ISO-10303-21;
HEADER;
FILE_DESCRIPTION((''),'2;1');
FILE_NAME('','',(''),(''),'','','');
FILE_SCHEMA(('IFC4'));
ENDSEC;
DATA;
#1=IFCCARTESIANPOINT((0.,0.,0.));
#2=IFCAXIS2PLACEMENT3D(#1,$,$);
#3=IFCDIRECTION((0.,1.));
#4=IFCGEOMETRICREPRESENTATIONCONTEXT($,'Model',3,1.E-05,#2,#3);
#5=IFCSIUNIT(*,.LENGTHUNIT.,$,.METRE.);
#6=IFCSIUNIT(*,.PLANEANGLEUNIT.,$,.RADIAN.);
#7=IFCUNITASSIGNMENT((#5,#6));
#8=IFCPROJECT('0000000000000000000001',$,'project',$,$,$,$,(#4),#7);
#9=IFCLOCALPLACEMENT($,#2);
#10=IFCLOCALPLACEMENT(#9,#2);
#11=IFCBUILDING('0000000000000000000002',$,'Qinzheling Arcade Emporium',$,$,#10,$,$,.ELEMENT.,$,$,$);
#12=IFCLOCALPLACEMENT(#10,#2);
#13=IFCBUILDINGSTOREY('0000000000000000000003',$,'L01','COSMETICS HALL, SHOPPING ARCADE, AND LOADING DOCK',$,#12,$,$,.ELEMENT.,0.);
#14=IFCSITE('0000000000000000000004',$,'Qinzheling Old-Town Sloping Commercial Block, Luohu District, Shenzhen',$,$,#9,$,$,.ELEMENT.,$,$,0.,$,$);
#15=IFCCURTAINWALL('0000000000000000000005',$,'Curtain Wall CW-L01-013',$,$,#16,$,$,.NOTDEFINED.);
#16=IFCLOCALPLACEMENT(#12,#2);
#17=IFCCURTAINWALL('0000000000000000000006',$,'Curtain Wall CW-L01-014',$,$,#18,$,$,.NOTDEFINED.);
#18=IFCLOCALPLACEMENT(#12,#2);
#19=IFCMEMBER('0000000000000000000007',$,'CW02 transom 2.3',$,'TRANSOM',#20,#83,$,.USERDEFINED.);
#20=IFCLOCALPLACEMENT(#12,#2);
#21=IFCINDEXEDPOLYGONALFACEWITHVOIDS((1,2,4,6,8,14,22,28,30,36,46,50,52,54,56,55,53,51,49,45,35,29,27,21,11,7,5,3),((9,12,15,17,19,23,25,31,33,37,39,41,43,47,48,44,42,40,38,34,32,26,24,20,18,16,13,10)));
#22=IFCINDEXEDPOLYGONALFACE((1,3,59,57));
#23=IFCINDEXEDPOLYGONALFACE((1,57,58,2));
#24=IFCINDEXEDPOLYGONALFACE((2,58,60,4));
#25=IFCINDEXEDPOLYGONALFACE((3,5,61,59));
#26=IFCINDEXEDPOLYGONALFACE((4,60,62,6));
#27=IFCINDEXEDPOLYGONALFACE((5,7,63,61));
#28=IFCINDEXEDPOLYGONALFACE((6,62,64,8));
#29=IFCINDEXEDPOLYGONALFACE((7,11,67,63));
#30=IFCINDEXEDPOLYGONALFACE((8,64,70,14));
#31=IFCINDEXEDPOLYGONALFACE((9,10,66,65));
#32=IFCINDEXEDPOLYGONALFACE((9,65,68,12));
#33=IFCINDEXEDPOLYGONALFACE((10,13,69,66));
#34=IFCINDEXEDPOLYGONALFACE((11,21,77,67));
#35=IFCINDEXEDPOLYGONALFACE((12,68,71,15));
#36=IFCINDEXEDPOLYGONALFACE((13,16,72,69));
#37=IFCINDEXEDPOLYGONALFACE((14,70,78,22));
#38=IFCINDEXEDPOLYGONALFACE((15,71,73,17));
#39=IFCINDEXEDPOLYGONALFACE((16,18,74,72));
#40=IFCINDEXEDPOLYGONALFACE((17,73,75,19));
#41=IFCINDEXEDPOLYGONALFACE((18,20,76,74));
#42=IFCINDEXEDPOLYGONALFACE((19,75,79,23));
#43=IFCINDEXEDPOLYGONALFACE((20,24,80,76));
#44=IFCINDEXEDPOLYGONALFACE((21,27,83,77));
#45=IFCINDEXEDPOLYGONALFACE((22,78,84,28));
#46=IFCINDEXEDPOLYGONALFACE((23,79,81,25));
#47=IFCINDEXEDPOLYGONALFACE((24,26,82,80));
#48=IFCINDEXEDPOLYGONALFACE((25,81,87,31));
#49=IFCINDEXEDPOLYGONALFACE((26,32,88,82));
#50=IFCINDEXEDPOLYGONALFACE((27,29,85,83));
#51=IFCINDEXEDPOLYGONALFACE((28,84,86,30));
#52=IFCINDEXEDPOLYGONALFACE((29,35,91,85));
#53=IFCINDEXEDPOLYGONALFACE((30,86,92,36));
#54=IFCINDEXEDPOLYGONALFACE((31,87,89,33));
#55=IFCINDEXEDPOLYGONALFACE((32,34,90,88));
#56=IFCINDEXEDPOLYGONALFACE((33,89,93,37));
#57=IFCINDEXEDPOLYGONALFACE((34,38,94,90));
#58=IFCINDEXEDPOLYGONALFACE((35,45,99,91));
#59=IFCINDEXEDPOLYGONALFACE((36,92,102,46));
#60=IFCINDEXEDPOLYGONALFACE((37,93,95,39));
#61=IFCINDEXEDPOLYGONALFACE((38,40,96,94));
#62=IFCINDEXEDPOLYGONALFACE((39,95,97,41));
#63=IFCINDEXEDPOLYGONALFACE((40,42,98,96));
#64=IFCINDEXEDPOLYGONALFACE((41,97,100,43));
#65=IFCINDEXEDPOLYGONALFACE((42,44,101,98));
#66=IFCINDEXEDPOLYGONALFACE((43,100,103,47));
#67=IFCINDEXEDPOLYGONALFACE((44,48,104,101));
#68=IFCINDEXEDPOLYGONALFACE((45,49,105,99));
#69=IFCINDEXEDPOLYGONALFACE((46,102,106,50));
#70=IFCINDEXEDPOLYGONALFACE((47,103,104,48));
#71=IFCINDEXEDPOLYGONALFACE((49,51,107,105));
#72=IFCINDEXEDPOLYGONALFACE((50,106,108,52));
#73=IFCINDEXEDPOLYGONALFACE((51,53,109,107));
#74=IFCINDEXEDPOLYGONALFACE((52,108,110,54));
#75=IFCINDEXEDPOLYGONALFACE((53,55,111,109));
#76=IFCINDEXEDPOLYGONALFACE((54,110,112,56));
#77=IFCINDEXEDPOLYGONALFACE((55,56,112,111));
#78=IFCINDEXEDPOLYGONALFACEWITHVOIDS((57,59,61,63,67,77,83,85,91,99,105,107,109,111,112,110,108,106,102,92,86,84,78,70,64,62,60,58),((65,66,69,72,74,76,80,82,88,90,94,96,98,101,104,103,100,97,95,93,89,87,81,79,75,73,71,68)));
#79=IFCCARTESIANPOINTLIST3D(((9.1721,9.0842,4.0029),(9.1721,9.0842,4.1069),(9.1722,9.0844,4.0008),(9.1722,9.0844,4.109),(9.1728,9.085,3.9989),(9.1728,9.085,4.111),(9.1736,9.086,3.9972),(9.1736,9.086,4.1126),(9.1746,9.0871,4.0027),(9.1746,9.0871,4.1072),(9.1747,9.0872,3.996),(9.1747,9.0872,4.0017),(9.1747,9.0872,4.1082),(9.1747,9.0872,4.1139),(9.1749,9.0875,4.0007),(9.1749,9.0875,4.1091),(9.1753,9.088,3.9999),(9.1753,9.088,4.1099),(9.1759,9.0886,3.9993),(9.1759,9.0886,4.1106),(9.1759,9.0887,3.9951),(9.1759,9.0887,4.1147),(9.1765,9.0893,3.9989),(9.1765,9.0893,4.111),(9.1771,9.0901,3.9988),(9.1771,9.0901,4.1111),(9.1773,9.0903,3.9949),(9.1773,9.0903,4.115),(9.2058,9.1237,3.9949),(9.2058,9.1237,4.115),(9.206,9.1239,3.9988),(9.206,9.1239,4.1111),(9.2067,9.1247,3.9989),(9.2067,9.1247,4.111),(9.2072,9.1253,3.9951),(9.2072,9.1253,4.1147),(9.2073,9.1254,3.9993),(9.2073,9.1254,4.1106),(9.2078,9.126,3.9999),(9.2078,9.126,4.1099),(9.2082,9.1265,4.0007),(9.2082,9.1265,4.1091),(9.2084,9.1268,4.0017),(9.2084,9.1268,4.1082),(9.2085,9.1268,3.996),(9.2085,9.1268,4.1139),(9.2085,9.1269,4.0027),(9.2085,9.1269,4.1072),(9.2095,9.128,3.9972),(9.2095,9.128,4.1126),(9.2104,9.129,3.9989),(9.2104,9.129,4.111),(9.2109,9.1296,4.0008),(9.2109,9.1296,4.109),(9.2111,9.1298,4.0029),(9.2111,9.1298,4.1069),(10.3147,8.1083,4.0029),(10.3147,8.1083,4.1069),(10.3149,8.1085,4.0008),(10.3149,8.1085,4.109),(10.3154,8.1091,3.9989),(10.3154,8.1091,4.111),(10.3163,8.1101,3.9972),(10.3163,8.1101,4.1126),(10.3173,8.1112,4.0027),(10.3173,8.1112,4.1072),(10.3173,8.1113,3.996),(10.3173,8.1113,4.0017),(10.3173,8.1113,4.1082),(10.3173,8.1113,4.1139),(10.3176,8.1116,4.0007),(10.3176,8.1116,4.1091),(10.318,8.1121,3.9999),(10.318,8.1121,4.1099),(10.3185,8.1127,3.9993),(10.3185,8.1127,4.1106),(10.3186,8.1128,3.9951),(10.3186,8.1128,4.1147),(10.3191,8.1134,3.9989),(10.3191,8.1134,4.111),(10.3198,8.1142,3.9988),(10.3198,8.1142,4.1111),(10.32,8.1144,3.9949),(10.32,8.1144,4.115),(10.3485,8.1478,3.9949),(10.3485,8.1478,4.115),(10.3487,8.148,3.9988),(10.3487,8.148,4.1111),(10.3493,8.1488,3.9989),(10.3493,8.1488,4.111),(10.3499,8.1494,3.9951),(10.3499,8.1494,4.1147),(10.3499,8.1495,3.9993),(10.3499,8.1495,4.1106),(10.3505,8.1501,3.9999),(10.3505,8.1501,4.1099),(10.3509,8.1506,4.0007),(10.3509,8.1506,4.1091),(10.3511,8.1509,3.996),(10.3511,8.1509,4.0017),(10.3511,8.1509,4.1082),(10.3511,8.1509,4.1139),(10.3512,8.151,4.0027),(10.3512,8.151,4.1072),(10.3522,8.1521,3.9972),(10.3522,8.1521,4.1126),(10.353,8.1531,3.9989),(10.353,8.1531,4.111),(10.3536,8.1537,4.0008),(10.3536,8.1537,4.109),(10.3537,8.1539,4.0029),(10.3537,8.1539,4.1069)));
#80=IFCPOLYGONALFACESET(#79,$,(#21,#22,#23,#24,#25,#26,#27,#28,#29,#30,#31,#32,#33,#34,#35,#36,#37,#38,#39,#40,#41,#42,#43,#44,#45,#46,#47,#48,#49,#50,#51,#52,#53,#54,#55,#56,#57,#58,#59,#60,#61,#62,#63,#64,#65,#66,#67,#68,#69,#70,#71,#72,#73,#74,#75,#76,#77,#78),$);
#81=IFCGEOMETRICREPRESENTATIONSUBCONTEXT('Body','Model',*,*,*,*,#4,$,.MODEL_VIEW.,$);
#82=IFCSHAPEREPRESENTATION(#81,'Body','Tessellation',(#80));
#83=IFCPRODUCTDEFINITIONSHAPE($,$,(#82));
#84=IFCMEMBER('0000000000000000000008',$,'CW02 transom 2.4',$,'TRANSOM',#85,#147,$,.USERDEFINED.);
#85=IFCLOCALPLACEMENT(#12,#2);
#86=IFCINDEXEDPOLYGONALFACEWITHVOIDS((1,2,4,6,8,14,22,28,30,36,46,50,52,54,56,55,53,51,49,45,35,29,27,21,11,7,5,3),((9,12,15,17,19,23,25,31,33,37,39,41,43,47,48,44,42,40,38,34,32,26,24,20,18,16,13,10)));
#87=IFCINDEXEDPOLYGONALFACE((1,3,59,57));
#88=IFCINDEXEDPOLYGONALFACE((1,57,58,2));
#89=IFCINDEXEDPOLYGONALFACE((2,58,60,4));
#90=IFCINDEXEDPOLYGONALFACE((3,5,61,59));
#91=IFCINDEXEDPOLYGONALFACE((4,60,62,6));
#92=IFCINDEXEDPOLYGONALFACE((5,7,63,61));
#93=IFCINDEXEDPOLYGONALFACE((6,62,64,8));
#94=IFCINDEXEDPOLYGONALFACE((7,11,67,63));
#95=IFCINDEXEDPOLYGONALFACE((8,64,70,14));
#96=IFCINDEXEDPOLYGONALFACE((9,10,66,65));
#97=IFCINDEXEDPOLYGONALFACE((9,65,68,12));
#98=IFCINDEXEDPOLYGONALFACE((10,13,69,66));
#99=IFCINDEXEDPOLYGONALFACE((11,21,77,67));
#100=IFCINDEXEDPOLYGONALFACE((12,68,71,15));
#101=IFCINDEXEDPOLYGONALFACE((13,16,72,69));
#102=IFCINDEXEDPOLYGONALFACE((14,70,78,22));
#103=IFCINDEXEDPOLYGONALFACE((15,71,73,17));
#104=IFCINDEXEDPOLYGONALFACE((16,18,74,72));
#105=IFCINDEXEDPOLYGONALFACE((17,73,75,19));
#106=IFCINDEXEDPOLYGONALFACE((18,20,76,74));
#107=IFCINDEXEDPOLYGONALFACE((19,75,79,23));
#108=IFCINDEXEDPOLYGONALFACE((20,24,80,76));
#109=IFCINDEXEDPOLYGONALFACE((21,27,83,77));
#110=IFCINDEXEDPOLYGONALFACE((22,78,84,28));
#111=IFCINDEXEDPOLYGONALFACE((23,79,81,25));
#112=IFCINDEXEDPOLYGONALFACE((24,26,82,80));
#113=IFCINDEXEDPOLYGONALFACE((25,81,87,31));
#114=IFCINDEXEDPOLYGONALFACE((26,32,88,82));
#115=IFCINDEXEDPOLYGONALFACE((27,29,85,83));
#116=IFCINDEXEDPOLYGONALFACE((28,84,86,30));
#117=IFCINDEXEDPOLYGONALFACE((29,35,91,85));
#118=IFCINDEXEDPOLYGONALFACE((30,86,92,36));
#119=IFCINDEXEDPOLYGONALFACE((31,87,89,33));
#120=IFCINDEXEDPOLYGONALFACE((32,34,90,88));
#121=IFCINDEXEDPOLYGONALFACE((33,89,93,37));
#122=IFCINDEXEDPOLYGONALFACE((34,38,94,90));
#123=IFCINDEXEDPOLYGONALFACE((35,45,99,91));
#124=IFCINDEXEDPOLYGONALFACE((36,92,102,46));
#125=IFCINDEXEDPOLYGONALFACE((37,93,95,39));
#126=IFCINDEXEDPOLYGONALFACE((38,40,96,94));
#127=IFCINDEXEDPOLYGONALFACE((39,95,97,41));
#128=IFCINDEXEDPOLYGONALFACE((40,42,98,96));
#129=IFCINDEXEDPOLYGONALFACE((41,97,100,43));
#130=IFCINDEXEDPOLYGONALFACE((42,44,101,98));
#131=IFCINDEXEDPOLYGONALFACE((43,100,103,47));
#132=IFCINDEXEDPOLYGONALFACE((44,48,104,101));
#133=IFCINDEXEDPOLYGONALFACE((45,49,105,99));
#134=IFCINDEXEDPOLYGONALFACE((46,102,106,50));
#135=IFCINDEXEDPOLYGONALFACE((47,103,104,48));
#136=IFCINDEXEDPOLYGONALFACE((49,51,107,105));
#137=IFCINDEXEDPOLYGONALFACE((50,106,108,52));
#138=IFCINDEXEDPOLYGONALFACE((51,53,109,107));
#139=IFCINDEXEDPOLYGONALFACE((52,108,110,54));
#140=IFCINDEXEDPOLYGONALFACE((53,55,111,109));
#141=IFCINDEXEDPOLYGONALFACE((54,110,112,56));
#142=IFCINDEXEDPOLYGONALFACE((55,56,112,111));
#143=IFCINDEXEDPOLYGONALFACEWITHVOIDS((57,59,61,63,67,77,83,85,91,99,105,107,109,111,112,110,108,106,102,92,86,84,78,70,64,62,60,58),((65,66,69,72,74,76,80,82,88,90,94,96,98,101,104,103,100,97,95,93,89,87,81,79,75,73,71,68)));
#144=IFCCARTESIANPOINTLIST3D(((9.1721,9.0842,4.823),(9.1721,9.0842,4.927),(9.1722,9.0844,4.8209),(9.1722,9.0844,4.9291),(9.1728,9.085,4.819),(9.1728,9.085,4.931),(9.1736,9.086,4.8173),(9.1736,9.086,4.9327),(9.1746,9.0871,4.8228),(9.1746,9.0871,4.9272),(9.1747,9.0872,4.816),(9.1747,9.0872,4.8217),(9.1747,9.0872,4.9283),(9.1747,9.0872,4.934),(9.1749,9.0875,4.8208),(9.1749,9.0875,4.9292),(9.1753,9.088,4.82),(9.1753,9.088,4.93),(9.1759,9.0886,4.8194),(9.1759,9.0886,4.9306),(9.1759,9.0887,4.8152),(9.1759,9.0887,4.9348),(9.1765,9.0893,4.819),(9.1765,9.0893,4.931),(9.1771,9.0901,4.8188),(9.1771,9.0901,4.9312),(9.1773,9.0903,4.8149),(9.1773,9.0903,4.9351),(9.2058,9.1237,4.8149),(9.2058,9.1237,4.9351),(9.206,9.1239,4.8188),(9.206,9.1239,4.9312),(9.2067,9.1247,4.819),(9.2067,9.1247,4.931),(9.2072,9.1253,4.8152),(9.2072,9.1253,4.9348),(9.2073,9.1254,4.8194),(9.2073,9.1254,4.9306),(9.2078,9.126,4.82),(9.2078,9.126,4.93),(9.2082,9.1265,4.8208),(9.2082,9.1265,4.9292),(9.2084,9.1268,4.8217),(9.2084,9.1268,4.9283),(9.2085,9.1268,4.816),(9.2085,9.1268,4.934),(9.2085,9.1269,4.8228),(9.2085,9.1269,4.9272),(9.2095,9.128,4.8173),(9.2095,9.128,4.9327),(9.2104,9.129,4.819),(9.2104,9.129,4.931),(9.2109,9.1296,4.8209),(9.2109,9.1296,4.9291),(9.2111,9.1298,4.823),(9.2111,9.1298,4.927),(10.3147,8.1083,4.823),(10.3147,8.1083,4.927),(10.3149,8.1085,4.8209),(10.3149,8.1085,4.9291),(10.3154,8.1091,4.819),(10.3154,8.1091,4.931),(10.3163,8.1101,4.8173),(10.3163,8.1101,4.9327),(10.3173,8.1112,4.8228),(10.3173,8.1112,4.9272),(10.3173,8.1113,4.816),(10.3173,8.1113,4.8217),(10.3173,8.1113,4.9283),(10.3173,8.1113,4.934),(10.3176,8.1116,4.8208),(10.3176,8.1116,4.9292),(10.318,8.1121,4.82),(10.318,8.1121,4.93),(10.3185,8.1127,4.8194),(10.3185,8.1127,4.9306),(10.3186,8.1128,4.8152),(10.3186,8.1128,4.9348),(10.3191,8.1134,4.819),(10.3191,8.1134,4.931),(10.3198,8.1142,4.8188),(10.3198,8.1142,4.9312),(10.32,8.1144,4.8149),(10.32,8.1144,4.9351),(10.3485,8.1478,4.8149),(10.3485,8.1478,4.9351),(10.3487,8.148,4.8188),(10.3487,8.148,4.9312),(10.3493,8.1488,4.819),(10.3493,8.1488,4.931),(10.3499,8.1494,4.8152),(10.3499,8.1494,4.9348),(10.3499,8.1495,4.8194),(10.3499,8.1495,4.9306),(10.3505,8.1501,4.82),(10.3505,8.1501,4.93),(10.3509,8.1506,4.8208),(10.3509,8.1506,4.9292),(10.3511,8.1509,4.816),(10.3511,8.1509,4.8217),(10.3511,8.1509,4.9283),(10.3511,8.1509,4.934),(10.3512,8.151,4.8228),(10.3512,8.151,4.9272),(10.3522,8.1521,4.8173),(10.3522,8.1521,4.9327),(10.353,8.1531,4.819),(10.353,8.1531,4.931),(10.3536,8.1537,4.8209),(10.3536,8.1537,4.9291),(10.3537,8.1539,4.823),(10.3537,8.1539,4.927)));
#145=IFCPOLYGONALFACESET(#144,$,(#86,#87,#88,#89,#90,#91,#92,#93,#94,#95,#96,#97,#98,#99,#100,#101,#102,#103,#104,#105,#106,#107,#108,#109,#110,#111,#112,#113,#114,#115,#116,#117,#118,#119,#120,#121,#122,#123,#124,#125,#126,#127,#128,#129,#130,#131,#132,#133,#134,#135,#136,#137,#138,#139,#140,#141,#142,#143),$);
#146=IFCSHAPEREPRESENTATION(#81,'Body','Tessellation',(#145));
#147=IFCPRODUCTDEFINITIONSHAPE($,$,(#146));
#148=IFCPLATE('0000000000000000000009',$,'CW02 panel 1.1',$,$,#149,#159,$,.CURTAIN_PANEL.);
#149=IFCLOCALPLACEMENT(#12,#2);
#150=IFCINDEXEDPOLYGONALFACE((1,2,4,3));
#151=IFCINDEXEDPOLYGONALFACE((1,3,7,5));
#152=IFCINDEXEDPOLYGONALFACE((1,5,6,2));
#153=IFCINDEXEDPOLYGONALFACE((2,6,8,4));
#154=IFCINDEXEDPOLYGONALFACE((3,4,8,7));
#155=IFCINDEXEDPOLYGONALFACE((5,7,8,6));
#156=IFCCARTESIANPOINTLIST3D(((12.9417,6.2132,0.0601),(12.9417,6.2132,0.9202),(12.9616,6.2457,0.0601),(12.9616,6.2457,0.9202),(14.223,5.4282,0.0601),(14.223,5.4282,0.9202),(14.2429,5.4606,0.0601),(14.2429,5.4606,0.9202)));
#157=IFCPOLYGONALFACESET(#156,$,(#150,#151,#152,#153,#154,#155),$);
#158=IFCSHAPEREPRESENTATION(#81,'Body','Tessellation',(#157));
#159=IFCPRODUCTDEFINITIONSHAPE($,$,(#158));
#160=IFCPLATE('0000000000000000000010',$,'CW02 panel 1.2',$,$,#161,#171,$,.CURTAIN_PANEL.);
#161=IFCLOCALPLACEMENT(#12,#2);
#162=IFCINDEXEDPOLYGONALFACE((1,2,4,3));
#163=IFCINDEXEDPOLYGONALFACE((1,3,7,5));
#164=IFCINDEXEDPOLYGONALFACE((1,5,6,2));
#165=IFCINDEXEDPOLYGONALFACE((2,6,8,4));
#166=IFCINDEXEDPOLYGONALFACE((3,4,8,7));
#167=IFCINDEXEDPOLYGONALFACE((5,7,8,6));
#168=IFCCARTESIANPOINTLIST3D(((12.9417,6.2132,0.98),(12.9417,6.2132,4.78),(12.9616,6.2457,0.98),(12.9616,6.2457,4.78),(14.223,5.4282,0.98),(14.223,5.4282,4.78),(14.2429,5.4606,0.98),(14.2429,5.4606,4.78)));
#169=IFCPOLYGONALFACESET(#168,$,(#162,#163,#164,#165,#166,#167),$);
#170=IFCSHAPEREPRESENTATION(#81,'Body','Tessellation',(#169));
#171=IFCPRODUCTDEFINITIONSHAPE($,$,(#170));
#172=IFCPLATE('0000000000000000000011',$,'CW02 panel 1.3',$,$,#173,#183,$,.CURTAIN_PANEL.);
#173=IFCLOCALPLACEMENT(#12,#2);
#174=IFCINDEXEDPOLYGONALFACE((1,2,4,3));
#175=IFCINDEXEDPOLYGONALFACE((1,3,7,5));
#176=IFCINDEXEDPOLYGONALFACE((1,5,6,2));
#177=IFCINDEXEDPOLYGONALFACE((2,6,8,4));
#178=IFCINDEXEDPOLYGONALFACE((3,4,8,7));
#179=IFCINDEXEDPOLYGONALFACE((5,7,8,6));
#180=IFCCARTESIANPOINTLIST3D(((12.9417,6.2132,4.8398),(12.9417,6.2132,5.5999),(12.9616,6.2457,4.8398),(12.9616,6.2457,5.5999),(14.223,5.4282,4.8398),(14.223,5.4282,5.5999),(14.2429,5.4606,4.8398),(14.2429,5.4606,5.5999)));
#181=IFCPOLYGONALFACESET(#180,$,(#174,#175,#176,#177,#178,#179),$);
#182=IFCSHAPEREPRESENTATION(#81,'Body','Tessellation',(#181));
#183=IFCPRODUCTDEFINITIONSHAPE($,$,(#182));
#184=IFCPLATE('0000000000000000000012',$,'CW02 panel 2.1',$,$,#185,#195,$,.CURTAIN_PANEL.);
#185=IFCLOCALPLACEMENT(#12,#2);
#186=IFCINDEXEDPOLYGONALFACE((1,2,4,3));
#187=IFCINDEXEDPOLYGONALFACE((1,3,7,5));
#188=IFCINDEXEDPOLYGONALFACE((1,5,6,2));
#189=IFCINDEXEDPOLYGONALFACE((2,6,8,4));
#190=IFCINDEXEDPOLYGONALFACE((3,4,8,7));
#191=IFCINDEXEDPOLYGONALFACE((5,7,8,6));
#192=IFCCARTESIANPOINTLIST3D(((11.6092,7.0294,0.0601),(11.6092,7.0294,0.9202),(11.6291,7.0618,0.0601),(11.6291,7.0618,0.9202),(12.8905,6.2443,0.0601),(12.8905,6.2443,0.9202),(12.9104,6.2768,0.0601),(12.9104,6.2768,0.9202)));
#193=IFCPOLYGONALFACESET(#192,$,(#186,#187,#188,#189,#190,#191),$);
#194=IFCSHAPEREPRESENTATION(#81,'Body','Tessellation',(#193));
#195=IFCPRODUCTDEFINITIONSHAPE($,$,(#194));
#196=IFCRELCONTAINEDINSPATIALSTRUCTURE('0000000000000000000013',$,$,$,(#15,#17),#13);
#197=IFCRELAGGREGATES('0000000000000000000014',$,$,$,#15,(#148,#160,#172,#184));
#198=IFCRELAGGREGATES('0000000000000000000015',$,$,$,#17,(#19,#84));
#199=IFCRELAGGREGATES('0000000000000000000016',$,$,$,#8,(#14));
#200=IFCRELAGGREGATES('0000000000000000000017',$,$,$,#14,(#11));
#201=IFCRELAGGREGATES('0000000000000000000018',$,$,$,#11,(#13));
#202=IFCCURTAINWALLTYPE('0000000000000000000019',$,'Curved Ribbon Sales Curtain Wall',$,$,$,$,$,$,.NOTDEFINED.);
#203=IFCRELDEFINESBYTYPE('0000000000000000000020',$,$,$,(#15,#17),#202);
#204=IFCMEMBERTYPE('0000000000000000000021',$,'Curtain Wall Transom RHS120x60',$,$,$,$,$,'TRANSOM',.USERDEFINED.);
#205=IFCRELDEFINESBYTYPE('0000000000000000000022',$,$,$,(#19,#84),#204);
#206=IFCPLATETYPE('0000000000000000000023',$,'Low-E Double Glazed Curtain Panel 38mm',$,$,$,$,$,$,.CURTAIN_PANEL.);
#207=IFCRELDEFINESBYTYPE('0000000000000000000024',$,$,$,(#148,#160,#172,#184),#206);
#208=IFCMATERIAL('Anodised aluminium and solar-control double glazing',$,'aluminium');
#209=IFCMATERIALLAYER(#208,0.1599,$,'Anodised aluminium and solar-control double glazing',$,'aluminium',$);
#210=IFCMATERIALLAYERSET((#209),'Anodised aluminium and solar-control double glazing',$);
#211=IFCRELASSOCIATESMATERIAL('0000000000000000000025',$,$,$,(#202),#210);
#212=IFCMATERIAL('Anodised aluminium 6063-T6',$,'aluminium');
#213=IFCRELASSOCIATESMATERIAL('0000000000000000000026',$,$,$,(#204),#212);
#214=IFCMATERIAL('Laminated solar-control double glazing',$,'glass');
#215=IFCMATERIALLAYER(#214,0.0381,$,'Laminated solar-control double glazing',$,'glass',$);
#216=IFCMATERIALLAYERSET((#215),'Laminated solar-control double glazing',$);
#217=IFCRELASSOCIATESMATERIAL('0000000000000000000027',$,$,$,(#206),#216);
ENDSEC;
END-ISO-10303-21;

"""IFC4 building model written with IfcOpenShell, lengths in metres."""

from ifc_helpers import new_model, si_unit, direction, frame, origin, origin_2d, place, context, subcontext, project, spatial, rectangle, hollow_rectangle, extrude, material, layer, layer_set, material_profile, profile_set, type_object, element, aggregate, save


model = new_model("IFC4")

# Units and contexts
model_context = context("Model", 3, precision=1e-05, world=origin(), true_north=direction((0.0, 1.0)))
body_context = subcontext(model_context, "Body", "Model", "MODEL_VIEW")
ifc_project = project(units=[si_unit("LENGTHUNIT", "METRE"), si_unit("PLANEANGLEUNIT", "RADIAN")], contexts=[model_context])

# Site, building, storey
site_placement = place(None, origin())
site = spatial("IfcSite", under=ifc_project, at=site_placement, Name="Qinzheling Old-Town Sloping Commercial Block, Luohu District, Shenzhen", CompositionType="ELEMENT", RefElevation=0.0)
building_placement = place(site_placement, origin())
building = spatial("IfcBuilding", under=site, at=building_placement, Name="Qinzheling Arcade Emporium", CompositionType="ELEMENT")
storey_placement = place(building_placement, origin())
storey = spatial("IfcBuildingStorey", under=building, at=storey_placement, Name="L01", Description="COSMETICS HALL, SHOPPING ARCADE, AND LOADING DOCK", CompositionType="ELEMENT", Elevation=0.0)

# Shared definitions
ifc_material_1 = material(Name="Anodised aluminium and solar-control double glazing", Category="aluminium")
ifc_layer_1 = layer(ifc_material_1, 0.1599, Name="Anodised aluminium and solar-control double glazing", Category="aluminium")
ifc_layer_set_1 = layer_set([ifc_layer_1], Name="Anodised aluminium and solar-control double glazing")
curtain_wall_type = type_object("IfcCurtainWallType", Name="Curved Ribbon Sales Curtain Wall", PredefinedType="NOTDEFINED", material=ifc_layer_set_1)
ifc_material_2 = material(Name="Anodised aluminium 6063-T6", Category="aluminium")

# Curtain walls
curtain_wall_1_placement = place(storey_placement, origin())
curtain_wall_1 = element("IfcCurtainWall", 1, at=curtain_wall_1_placement, inside=storey, type_object=curtain_wall_type, Name="Curtain Wall CW-L01-013", PredefinedType="NOTDEFINED")
curtain_wall_2_placement = place(storey_placement, origin())
curtain_wall_2 = element("IfcCurtainWall", 2, at=curtain_wall_2_placement, inside=storey, type_object=curtain_wall_type, Name="Curtain Wall CW-L01-014", PredefinedType="NOTDEFINED")

# Members
ifc_material_profile_1 = material_profile(ifc_material_2, hollow_rectangle(XDim=0.0601, YDim=0.1201, WallThickness=0.0039, InnerFilletRadius=0.0039, OuterFilletRadius=0.0081, at=origin_2d()), Name="RHS 120x60x4", Category="aluminium")
ifc_profile_set_1 = profile_set([ifc_material_profile_1], Name="Anodised aluminium 6063-T6")
member_type_1 = type_object("IfcMemberType", Name="Curtain Wall Transom RHS120x60", ElementType="TRANSOM", PredefinedType="USERDEFINED", material=ifc_profile_set_1)
member_1_placement = place(storey_placement, frame((10.3342, 8.1311, 4.0549), z_axis=(-0.760414, 0.649439, 0.0), x_axis=(-0.649439, -0.760414, 0.0)))
member_1 = element("IfcMember", 3, at=member_1_placement, type_object=member_type_1, Name="CW02 transom 2.3", ObjectType="TRANSOM", PredefinedType="USERDEFINED", context=body_context, shape_type="SweptSolid", body=[
    extrude(hollow_rectangle(XDim=0.0601, YDim=0.1201, WallThickness=0.0039, InnerFilletRadius=0.0039, OuterFilletRadius=0.0081, at=origin_2d()), origin(), (0.0, 0.0, 1.0), 1.5027),
])
member_2_placement = place(storey_placement, frame((10.3342, 8.1311, 4.875), z_axis=(-0.760414, 0.649439, 0.0), x_axis=(-0.649439, -0.760414, 0.0)))
member_2 = element("IfcMember", 4, at=member_2_placement, type_object=member_type_1, Name="CW02 transom 2.4", ObjectType="TRANSOM", PredefinedType="USERDEFINED", context=body_context, shape_type="SweptSolid", body=[
    extrude(hollow_rectangle(XDim=0.0601, YDim=0.1201, WallThickness=0.0039, InnerFilletRadius=0.0039, OuterFilletRadius=0.0081, at=origin_2d()), origin(), (0.0, 0.0, 1.0), 1.5027),
])

# Plates
ifc_material_3 = material(Name="Laminated solar-control double glazing", Category="glass")
ifc_layer_2 = layer(ifc_material_3, 0.0381, Name="Laminated solar-control double glazing", Category="glass")
ifc_layer_set_2 = layer_set([ifc_layer_2], Name="Laminated solar-control double glazing")
plate_type_1 = type_object("IfcPlateType", Name="Low-E Double Glazed Curtain Panel 38mm", PredefinedType="CURTAIN_PANEL", material=ifc_layer_set_2)
plate_1_placement = place(storey_placement, frame((13.5923, 5.8369, 0.0601), z_axis=(0.0, 0.0, 1.0), x_axis=(-0.852691, 0.522415, 0.0)))
plate_1 = element("IfcPlate", 5, at=plate_1_placement, type_object=plate_type_1, Name="CW02 panel 1.1", PredefinedType="CURTAIN_PANEL", context=body_context, shape_type="SweptSolid", body=[
    extrude(rectangle(XDim=1.5027, YDim=0.0381, at=origin_2d()), origin(), (0.0, 0.0, 1.0), 0.8601),
])
plate_2_placement = place(storey_placement, frame((13.5923, 5.8369, 0.98), z_axis=(0.0, 0.0, 1.0), x_axis=(-0.852691, 0.522415, 0.0)))
plate_2 = element("IfcPlate", 6, at=plate_2_placement, type_object=plate_type_1, Name="CW02 panel 1.2", PredefinedType="CURTAIN_PANEL", context=body_context, shape_type="SweptSolid", body=[
    extrude(rectangle(XDim=1.5027, YDim=0.0381, at=origin_2d()), origin(), (0.0, 0.0, 1.0), 3.8),
])
plate_3_placement = place(storey_placement, frame((13.5923, 5.8369, 4.8398), z_axis=(0.0, 0.0, 1.0), x_axis=(-0.852691, 0.522415, 0.0)))
plate_3 = element("IfcPlate", 7, at=plate_3_placement, type_object=plate_type_1, Name="CW02 panel 1.3", PredefinedType="CURTAIN_PANEL", context=body_context, shape_type="SweptSolid", body=[
    extrude(rectangle(XDim=1.5027, YDim=0.0381, at=origin_2d()), origin(), (0.0, 0.0, 1.0), 0.76),
])
plate_4_placement = place(storey_placement, frame((12.2598, 6.6531, 0.0601), z_axis=(0.0, 0.0, 1.0), x_axis=(-0.852691, 0.522415, 0.0)))
plate_4 = element("IfcPlate", 8, at=plate_4_placement, type_object=plate_type_1, Name="CW02 panel 2.1", PredefinedType="CURTAIN_PANEL", context=body_context, shape_type="SweptSolid", body=[
    extrude(rectangle(XDim=1.5027, YDim=0.0381, at=origin_2d()), origin(), (0.0, 0.0, 1.0), 0.8601),
])
aggregate(curtain_wall_1, [plate_1, plate_2, plate_3, plate_4])
aggregate(curtain_wall_2, [member_1, member_2])

save(model, "model.ifc")
